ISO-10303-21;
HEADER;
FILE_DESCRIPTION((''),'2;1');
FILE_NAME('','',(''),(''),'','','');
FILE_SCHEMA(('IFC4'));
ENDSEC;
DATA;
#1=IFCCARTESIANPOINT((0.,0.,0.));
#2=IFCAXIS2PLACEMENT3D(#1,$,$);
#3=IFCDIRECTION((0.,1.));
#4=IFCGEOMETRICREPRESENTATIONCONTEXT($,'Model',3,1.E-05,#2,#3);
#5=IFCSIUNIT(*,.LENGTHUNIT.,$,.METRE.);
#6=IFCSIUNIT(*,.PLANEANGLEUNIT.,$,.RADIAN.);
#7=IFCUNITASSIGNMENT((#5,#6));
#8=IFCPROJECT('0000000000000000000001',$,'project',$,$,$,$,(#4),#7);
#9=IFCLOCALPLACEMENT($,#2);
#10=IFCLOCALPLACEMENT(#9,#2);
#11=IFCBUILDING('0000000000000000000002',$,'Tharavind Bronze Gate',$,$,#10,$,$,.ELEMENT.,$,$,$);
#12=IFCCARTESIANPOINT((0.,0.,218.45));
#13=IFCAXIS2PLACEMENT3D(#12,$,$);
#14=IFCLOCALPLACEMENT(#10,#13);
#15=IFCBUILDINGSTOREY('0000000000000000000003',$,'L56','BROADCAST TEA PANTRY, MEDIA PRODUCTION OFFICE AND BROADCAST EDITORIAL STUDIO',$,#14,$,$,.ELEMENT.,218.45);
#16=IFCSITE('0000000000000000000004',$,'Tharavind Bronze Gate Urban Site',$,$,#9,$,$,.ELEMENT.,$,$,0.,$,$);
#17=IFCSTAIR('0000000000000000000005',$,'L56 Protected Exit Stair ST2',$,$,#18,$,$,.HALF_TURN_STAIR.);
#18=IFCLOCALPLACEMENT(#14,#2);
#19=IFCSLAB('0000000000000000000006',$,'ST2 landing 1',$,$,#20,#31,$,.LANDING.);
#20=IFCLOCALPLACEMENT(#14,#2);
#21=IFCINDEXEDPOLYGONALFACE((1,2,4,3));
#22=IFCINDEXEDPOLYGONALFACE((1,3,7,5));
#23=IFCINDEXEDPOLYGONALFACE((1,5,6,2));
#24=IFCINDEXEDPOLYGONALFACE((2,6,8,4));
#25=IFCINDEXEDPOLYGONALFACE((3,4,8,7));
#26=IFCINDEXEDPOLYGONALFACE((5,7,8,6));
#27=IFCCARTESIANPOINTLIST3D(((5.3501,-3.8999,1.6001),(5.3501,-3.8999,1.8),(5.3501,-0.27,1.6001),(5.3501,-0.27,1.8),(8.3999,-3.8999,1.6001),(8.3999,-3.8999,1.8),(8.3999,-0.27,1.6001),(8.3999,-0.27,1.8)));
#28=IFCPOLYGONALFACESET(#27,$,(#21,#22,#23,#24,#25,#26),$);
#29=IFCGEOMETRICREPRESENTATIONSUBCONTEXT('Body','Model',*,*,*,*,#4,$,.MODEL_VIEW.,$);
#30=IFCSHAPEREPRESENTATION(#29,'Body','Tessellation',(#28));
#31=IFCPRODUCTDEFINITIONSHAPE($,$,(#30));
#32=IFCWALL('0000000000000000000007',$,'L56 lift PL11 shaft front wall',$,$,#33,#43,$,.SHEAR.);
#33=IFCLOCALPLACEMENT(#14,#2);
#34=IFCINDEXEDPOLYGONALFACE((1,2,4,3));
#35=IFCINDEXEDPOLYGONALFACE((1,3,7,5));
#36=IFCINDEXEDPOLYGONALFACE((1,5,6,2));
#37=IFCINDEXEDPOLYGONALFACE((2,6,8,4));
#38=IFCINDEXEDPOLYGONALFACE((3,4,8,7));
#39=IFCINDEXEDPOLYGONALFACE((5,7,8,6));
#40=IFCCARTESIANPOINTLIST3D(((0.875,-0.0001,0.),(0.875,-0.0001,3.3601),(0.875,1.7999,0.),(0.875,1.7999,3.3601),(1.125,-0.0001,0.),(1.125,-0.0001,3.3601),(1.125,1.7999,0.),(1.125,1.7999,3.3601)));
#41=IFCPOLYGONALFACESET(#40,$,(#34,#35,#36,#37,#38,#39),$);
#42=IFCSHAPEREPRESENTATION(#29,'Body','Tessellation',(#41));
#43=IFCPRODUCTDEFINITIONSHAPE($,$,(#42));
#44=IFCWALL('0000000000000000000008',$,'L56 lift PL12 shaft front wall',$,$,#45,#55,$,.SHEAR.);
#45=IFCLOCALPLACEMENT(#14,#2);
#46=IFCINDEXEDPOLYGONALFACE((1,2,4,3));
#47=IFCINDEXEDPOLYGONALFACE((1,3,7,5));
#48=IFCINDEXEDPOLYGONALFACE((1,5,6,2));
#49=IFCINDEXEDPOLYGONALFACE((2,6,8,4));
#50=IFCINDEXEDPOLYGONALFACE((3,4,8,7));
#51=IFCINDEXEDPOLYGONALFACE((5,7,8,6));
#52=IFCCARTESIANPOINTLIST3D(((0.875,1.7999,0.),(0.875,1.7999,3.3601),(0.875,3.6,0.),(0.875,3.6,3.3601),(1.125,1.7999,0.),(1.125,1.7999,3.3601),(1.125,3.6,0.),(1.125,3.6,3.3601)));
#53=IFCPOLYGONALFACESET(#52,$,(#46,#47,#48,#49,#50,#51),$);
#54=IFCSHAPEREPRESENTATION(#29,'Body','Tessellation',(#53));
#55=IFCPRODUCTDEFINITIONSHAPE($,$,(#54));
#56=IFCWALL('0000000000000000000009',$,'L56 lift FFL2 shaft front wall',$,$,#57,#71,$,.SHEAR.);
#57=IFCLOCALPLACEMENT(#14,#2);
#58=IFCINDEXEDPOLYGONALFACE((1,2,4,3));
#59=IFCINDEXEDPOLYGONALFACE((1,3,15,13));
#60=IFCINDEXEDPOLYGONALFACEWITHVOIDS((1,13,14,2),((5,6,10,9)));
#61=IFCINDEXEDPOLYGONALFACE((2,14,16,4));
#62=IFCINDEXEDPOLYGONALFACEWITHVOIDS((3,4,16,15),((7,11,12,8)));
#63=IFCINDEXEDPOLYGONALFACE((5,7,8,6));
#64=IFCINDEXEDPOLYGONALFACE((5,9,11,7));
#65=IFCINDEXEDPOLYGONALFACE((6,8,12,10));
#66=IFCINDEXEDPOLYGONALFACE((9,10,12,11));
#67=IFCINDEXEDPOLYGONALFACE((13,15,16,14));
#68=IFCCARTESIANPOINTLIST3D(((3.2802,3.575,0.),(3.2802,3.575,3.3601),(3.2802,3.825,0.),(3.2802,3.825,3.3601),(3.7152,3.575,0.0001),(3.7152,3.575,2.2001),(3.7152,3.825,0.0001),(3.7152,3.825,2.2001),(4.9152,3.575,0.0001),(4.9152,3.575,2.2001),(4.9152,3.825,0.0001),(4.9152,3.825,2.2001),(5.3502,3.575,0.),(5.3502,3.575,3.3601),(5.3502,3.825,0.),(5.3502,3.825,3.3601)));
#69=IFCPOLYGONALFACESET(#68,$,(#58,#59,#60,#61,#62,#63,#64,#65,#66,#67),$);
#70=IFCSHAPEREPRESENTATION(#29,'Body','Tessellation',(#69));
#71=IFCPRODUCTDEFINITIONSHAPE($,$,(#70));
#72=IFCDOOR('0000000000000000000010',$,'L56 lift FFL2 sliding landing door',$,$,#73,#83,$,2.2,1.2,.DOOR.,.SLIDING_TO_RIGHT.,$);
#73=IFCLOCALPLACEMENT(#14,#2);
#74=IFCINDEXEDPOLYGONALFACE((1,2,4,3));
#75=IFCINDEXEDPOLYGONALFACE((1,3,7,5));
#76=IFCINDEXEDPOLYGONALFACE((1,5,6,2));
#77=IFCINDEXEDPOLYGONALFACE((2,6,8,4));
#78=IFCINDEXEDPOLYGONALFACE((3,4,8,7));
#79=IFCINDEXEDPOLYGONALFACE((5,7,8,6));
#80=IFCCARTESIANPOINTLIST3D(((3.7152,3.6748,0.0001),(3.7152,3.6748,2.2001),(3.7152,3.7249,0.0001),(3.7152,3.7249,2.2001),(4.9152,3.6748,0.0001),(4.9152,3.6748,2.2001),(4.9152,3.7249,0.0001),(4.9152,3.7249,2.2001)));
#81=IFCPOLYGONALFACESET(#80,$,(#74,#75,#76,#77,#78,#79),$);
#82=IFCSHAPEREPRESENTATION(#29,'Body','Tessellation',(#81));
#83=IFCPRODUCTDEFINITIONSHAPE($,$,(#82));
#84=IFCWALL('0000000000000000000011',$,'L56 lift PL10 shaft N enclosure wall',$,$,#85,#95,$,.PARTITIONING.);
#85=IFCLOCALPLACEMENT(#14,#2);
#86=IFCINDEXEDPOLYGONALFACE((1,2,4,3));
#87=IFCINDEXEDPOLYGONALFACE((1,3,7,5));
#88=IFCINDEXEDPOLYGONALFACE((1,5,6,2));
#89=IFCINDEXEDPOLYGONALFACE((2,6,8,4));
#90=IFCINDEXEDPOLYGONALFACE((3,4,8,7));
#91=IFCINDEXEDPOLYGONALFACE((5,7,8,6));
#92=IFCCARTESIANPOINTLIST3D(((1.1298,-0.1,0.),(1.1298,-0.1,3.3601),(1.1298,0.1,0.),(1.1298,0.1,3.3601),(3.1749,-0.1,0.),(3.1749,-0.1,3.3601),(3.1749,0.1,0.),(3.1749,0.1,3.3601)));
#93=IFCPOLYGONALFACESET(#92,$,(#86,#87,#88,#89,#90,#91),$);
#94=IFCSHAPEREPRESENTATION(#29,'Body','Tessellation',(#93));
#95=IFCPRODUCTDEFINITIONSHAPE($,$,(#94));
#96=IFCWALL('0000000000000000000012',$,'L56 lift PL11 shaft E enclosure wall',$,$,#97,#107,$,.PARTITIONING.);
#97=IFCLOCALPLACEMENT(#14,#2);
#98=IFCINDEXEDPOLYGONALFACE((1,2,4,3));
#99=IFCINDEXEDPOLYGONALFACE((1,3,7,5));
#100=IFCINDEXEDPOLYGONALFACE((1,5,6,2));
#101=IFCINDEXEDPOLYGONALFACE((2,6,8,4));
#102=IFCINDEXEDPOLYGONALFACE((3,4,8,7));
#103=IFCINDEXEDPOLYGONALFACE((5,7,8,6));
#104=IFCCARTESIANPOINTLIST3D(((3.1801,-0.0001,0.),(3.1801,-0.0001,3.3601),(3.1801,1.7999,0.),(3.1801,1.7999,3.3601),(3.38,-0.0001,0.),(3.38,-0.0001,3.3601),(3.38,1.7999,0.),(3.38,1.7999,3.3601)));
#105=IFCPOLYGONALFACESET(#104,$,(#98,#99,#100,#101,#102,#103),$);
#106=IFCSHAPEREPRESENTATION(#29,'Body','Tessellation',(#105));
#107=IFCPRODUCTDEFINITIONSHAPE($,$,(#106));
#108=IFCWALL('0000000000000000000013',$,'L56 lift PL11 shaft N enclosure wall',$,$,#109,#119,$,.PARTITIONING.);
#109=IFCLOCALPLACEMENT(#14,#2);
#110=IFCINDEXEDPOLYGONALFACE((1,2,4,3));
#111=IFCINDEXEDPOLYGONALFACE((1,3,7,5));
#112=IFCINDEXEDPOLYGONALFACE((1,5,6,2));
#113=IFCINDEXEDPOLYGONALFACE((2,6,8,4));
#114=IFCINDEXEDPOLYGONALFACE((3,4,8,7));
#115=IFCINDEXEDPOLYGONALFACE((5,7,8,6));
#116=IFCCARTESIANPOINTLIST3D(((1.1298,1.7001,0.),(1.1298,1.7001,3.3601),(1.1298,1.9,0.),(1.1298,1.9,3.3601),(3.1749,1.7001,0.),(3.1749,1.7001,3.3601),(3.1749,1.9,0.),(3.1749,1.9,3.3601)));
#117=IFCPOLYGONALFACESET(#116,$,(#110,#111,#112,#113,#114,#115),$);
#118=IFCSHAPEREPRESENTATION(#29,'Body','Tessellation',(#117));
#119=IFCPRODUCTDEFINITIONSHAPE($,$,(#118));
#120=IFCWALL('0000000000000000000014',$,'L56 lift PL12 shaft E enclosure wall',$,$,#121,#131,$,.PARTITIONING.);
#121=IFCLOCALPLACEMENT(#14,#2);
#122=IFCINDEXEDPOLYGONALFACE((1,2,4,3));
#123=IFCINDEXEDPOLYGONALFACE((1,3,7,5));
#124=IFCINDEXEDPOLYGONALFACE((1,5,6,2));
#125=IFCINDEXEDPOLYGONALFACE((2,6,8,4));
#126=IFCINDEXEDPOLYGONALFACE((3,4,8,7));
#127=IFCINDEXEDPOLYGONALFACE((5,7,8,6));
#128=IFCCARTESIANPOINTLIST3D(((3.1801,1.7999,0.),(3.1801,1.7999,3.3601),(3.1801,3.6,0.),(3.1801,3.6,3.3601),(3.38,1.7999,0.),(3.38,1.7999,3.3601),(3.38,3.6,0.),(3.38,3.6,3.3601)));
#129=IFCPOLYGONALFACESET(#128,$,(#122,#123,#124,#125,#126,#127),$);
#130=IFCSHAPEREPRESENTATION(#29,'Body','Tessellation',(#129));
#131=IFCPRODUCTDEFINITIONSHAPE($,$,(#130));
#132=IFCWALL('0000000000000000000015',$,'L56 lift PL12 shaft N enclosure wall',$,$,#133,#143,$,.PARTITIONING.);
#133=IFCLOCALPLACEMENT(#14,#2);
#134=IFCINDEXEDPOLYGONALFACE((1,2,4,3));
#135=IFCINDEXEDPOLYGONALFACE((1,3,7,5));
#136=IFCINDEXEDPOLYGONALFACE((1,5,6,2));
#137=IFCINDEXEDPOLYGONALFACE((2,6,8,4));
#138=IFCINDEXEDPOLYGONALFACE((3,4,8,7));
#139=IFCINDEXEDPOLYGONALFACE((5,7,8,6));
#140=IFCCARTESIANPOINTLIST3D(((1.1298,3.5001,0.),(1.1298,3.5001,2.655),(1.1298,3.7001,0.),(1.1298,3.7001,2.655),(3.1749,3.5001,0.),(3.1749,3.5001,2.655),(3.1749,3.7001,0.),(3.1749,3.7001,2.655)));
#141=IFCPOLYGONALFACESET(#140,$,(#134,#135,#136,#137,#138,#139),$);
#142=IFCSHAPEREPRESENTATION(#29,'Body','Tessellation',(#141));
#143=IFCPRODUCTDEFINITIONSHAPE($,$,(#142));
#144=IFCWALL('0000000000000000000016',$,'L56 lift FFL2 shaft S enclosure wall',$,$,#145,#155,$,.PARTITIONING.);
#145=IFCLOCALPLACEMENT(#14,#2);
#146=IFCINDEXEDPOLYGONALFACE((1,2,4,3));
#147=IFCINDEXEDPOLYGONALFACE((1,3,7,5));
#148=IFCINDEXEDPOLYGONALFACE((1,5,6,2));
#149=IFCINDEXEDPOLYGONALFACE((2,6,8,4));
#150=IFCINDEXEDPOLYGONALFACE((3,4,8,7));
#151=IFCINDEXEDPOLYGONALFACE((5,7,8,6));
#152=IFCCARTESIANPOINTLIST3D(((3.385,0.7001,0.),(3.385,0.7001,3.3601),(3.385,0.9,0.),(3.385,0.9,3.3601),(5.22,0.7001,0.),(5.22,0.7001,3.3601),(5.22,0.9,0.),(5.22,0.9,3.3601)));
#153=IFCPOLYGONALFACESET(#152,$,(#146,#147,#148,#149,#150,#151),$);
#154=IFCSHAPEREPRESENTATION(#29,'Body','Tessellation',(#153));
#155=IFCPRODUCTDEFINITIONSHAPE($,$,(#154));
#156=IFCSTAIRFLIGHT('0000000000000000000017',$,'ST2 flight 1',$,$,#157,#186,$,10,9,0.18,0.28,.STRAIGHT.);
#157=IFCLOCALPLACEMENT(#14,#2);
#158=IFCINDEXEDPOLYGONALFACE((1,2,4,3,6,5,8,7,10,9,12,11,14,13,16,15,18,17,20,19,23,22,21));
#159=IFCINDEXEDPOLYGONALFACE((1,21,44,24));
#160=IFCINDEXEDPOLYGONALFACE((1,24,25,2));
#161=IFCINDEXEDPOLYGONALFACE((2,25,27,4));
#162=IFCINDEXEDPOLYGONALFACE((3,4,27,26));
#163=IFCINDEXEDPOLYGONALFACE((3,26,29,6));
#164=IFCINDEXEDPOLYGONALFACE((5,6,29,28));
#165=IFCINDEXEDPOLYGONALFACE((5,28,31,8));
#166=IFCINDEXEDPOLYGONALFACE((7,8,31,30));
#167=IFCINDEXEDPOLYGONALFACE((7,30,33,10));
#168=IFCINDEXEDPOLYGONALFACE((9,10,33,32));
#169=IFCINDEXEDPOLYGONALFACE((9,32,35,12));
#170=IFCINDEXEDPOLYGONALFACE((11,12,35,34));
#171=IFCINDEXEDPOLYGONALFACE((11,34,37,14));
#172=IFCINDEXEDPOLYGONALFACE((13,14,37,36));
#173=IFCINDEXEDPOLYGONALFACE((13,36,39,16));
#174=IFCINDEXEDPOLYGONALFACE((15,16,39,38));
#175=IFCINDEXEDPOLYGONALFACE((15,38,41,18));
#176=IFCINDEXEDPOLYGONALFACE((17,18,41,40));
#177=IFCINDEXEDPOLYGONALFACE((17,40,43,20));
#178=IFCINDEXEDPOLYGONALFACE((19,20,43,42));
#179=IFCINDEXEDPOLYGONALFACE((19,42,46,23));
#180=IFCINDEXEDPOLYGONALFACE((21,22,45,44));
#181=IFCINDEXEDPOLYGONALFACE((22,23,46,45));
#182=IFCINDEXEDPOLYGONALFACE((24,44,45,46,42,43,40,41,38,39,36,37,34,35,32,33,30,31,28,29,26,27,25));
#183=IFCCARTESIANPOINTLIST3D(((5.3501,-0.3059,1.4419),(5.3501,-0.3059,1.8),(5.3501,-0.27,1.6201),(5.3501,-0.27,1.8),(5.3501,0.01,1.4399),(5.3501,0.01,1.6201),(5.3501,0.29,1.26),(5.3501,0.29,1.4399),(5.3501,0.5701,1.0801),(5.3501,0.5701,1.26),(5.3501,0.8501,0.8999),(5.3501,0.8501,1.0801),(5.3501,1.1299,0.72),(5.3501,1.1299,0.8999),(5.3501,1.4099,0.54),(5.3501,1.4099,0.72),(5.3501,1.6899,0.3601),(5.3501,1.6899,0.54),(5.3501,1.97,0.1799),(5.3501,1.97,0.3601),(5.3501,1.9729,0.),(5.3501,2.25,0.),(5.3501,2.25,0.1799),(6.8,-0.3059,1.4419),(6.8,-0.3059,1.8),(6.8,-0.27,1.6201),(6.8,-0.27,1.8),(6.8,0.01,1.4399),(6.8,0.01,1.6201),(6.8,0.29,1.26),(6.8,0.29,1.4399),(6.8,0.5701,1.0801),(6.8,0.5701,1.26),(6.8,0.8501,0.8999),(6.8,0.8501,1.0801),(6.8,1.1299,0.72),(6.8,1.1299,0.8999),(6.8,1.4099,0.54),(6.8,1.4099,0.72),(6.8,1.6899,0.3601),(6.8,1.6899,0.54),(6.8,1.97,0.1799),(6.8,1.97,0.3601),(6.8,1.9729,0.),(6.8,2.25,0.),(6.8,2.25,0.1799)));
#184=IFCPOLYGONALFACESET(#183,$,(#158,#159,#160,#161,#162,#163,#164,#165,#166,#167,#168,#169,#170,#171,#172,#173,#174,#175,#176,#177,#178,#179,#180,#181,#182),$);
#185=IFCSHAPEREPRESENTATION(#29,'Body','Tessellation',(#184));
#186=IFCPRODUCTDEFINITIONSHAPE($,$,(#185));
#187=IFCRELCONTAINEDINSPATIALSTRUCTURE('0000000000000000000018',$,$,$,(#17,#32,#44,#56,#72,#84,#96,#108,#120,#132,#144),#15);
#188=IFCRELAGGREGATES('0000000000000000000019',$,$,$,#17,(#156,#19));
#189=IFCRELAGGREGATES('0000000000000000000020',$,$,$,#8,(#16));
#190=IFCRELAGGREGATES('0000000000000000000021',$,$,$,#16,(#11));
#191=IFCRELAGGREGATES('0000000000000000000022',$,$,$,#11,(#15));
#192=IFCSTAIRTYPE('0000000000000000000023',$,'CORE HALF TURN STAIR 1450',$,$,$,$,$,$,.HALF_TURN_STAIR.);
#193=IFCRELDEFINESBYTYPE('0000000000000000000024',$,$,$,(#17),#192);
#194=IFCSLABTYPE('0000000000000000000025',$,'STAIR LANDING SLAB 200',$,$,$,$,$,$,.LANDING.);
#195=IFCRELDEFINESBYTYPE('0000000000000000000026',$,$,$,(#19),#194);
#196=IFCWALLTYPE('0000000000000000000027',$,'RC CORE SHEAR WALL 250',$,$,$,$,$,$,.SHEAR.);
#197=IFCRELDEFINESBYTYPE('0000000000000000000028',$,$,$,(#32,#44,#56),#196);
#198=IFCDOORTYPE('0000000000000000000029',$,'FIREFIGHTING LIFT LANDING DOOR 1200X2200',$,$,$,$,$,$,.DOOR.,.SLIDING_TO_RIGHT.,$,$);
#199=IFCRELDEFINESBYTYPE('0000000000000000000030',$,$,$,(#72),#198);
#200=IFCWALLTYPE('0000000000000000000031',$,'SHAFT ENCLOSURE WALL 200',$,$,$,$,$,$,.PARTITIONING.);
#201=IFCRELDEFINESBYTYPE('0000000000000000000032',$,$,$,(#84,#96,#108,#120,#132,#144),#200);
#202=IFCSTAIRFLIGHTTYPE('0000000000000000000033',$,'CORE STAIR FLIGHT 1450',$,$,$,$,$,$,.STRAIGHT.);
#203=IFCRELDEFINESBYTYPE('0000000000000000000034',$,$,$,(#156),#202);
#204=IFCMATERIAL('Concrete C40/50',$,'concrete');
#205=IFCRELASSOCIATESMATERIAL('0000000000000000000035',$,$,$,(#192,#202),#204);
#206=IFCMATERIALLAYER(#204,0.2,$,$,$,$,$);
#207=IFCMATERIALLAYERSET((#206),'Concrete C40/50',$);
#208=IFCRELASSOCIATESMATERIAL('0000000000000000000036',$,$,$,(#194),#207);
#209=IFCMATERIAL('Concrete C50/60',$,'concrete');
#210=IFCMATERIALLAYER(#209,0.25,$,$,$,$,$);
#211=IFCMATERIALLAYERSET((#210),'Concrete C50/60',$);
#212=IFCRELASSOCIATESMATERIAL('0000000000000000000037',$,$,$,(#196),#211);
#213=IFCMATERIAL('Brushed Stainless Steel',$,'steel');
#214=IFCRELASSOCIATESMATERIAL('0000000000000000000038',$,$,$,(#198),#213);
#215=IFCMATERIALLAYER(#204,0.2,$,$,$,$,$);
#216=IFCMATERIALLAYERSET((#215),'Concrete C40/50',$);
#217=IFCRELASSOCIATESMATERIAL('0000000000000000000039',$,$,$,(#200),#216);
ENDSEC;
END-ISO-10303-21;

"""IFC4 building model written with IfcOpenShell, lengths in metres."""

from ifc_helpers import new_model, si_unit, direction, frame, frame_2d, origin, place, context, subcontext, project, spatial, polyline, rectangle, outline, extrude, material, layer, layer_set, type_object, element, fill, aggregate, save


model = new_model("IFC4")

# Units and contexts
model_context = context("Model", 3, precision=1e-05, world=origin(), true_north=direction((0.0, 1.0)))
body_context = subcontext(model_context, "Body", "Model", "MODEL_VIEW")
ifc_project = project(units=[si_unit("LENGTHUNIT", "METRE"), si_unit("PLANEANGLEUNIT", "RADIAN")], contexts=[model_context])

# Site, building, storey
site_placement = place(None, origin())
site = spatial("IfcSite", under=ifc_project, at=site_placement, Name="Tharavind Bronze Gate Urban Site", CompositionType="ELEMENT", RefElevation=0.0)
building_placement = place(site_placement, origin())
building = spatial("IfcBuilding", under=site, at=building_placement, Name="Tharavind Bronze Gate", CompositionType="ELEMENT")
storey_placement = place(building_placement, frame((0.0, 0.0, 218.45)))
storey = spatial("IfcBuildingStorey", under=building, at=storey_placement, Name="L56", Description="BROADCAST TEA PANTRY, MEDIA PRODUCTION OFFICE AND BROADCAST EDITORIAL STUDIO", CompositionType="ELEMENT", Elevation=218.45)

# Stair, slab
ifc_material_1 = material(Name="Concrete C40/50", Category="concrete")
stair_type = type_object("IfcStairType", Name="CORE HALF TURN STAIR 1450", PredefinedType="HALF_TURN_STAIR", material=ifc_material_1)
stair_placement = place(storey_placement, origin())
stair = element("IfcStair", 1, at=stair_placement, inside=storey, type_object=stair_type, Name="L56 Protected Exit Stair ST2", PredefinedType="HALF_TURN_STAIR")
ifc_layer_1 = layer(ifc_material_1, 0.2)
ifc_layer_set_1 = layer_set([ifc_layer_1], Name="Concrete C40/50")
slab_type = type_object("IfcSlabType", Name="STAIR LANDING SLAB 200", PredefinedType="LANDING", material=ifc_layer_set_1)
slab_placement = place(storey_placement, frame((0.0, 0.0, 1.6001)))
slab = element("IfcSlab", 2, at=slab_placement, type_object=slab_type, Name="ST2 landing 1", PredefinedType="LANDING", context=body_context, shape_type="SweptSolid", body=[
    extrude(outline(polyline([(5.3501, -0.27), (5.3501, -3.8999), (8.3999, -3.8999), (8.3999, -0.27), (5.3501, -0.27)])), origin(), (0.0, 0.0, 1.0), 0.2),
])

# Walls
ifc_material_2 = material(Name="Concrete C50/60", Category="concrete")
ifc_layer_2 = layer(ifc_material_2, 0.25)
ifc_layer_set_2 = layer_set([ifc_layer_2], Name="Concrete C50/60")
wall_type_1 = type_object("IfcWallType", Name="RC CORE SHEAR WALL 250", PredefinedType="SHEAR", material=ifc_layer_set_2)
for number, where, z_axis, x_axis, name in (
    (3, (1.0, 0.0, 0.0), (0.0, 0.0, 1.0), (0.0, 1.0, 0.0), "L56 lift PL11 shaft front wall"),
    (4, (1.0, 1.8, 0.0), (0.0, 0.0, 1.0), (0.0, 1.0, 0.0), "L56 lift PL12 shaft front wall"),
):
    element("IfcWall", number, at=place(storey_placement, frame(where, z_axis=z_axis, x_axis=x_axis)), inside=storey, type_object=wall_type_1, Name=name, PredefinedType="SHEAR", context=body_context, shape_type="SweptSolid", body=[
        extrude(rectangle(XDim=1.8, YDim=0.25, at=frame_2d((0.8999, 0.0))), origin(), (0.0, 0.0, 1.0), 3.3601),
    ])

# Wall, opening, door
wall_1_placement = place(storey_placement, frame((3.28, 3.7, 0.0), z_axis=(0.0, 0.0, 1.0), x_axis=(1.0, 0.0, 0.0)))
wall_1 = element("IfcWall", 5, at=wall_1_placement, inside=storey, type_object=wall_type_1, Name="L56 lift FFL2 shaft front wall", PredefinedType="SHEAR", context=body_context, shape_type="SweptSolid", body=[
    extrude(rectangle(XDim=2.0701, YDim=0.25, at=frame_2d((1.0352, 0.0))), origin(), (0.0, 0.0, 1.0), 3.3601),
])
opening_placement = place(wall_1_placement, frame((0.4351, 0.0, 0.0)))
opening = element("IfcOpeningElement", 6, at=opening_placement, cuts=wall_1, PredefinedType="OPENING", context=body_context, shape_type="SweptSolid", body=[
    extrude(rectangle(XDim=1.2, YDim=2.2, at=frame_2d((0.6001, 1.1001))), frame((0.0, 0.135, 0.0), z_axis=(0.0, -1.0, 0.0), x_axis=(1.0, 0.0, 0.0)), (0.0, 0.0, 1.0), 0.27),
])
ifc_material_3 = material(Name="Brushed Stainless Steel", Category="steel")
door_type = type_object("IfcDoorType", Name="FIREFIGHTING LIFT LANDING DOOR 1200X2200", OperationType="SLIDING_TO_RIGHT", PredefinedType="DOOR", material=ifc_material_3)
door_placement = place(opening_placement, origin())
door = element("IfcDoor", 7, at=door_placement, inside=storey, type_object=door_type, Name="L56 lift FFL2 sliding landing door", OperationType="SLIDING_TO_RIGHT", OverallHeight=2.2, OverallWidth=1.2, PredefinedType="DOOR", context=body_context, shape_type="SweptSolid", body=[
    extrude(rectangle(XDim=1.2, YDim=2.2, at=frame_2d((0.6001, 1.1001))), frame((0.0, 0.0249, 0.0), z_axis=(0.0, -1.0, 0.0), x_axis=(1.0, 0.0, 0.0)), (0.0, 0.0, 1.0), 0.05),
])
fill(opening, door)

# Walls
ifc_layer_3 = layer(ifc_material_1, 0.2)
ifc_layer_set_3 = layer_set([ifc_layer_3], Name="Concrete C40/50")
wall_type_2 = type_object("IfcWallType", Name="SHAFT ENCLOSURE WALL 200", PredefinedType="PARTITIONING", material=ifc_layer_set_3)
wall_2_placement = place(storey_placement, frame((1.1299, 0.0, 0.0), z_axis=(0.0, 0.0, 1.0), x_axis=(1.0, 0.0, 0.0)))
element("IfcWall", 8, at=wall_2_placement, inside=storey, type_object=wall_type_2, Name="L56 lift PL10 shaft N enclosure wall", PredefinedType="PARTITIONING", context=body_context, shape_type="SweptSolid", body=[
    extrude(rectangle(XDim=2.0452, YDim=0.2, at=frame_2d((1.0225, 0.0))), origin(), (0.0, 0.0, 1.0), 3.3601),
])
wall_3_placement = place(storey_placement, frame((3.28, 0.0, 0.0), z_axis=(0.0, 0.0, 1.0), x_axis=(0.0, 1.0, 0.0)))
element("IfcWall", 9, at=wall_3_placement, inside=storey, type_object=wall_type_2, Name="L56 lift PL11 shaft E enclosure wall", PredefinedType="PARTITIONING", context=body_context, shape_type="SweptSolid", body=[
    extrude(rectangle(XDim=1.8, YDim=0.2, at=frame_2d((0.8999, 0.0))), origin(), (0.0, 0.0, 1.0), 3.3601),
])
wall_4_placement = place(storey_placement, frame((1.1299, 1.8, 0.0), z_axis=(0.0, 0.0, 1.0), x_axis=(1.0, 0.0, 0.0)))
element("IfcWall", 10, at=wall_4_placement, inside=storey, type_object=wall_type_2, Name="L56 lift PL11 shaft N enclosure wall", PredefinedType="PARTITIONING", context=body_context, shape_type="SweptSolid", body=[
    extrude(rectangle(XDim=2.0452, YDim=0.2, at=frame_2d((1.0225, 0.0))), origin(), (0.0, 0.0, 1.0), 3.3601),
])
wall_5_placement = place(storey_placement, frame((3.28, 1.8, 0.0), z_axis=(0.0, 0.0, 1.0), x_axis=(0.0, 1.0, 0.0)))
element("IfcWall", 11, at=wall_5_placement, inside=storey, type_object=wall_type_2, Name="L56 lift PL12 shaft E enclosure wall", PredefinedType="PARTITIONING", context=body_context, shape_type="SweptSolid", body=[
    extrude(rectangle(XDim=1.8, YDim=0.2, at=frame_2d((0.8999, 0.0))), origin(), (0.0, 0.0, 1.0), 3.3601),
])
wall_6_placement = place(storey_placement, frame((1.1299, 3.6001, 0.0), z_axis=(0.0, 0.0, 1.0), x_axis=(1.0, 0.0, 0.0)))
element("IfcWall", 12, at=wall_6_placement, inside=storey, type_object=wall_type_2, Name="L56 lift PL12 shaft N enclosure wall", PredefinedType="PARTITIONING", context=body_context, shape_type="SweptSolid", body=[
    extrude(rectangle(XDim=2.0452, YDim=0.2, at=frame_2d((1.0225, 0.0))), origin(), (0.0, 0.0, 1.0), 2.655),
])
wall_7_placement = place(storey_placement, frame((3.385, 0.8, 0.0), z_axis=(0.0, 0.0, 1.0), x_axis=(1.0, 0.0, 0.0)))
element("IfcWall", 13, at=wall_7_placement, inside=storey, type_object=wall_type_2, Name="L56 lift FFL2 shaft S enclosure wall", PredefinedType="PARTITIONING", context=body_context, shape_type="SweptSolid", body=[
    extrude(rectangle(XDim=1.835, YDim=0.2, at=frame_2d((0.9175, 0.0))), origin(), (0.0, 0.0, 1.0), 3.3601),
])

# Stair flight
stair_flight_type = type_object("IfcStairFlightType", Name="CORE STAIR FLIGHT 1450", PredefinedType="STRAIGHT", material=ifc_material_1)
stair_flight_placement = place(storey_placement, frame((6.075, 2.25, 0.0), z_axis=(0.0, 0.0, 1.0), x_axis=(0.0, -1.0, 0.0)))
stair_flight = element("IfcStairFlight", 14, at=stair_flight_placement, type_object=stair_flight_type, Name="ST2 flight 1", NumberOfRisers=10, NumberOfTreads=9, PredefinedType="STRAIGHT", RiserHeight=0.18, TreadLength=0.28, context=body_context, shape_type="SweptSolid", body=[
    extrude(outline(polyline([(0.0, 0.0), (0.0, 0.1799), (0.28, 0.1799), (0.28, 0.3601), (0.5601, 0.3601), (0.5601, 0.54), (0.8401, 0.54), (0.8401, 0.72), (1.1201, 0.72), (1.1201, 0.8999), (1.3999, 0.8999), (1.3999, 1.0801), (1.6799, 1.0801), (1.6799, 1.26), (1.96, 1.26), (1.96, 1.4399), (2.24, 1.4399), (2.24, 1.6201), (2.52, 1.6201), (2.52, 1.8), (2.5559, 1.8), (2.5559, 1.4419), (0.2771, 0.0), (0.0, 0.0)])), frame((0.0, 0.7251, 0.0), z_axis=(0.0, -1.0, 0.0), x_axis=(1.0, 0.0, 0.0)), (0.0, 0.0, 1.0), 1.45),
])
aggregate(stair, [stair_flight, slab])

save(model, "model.ifc")
